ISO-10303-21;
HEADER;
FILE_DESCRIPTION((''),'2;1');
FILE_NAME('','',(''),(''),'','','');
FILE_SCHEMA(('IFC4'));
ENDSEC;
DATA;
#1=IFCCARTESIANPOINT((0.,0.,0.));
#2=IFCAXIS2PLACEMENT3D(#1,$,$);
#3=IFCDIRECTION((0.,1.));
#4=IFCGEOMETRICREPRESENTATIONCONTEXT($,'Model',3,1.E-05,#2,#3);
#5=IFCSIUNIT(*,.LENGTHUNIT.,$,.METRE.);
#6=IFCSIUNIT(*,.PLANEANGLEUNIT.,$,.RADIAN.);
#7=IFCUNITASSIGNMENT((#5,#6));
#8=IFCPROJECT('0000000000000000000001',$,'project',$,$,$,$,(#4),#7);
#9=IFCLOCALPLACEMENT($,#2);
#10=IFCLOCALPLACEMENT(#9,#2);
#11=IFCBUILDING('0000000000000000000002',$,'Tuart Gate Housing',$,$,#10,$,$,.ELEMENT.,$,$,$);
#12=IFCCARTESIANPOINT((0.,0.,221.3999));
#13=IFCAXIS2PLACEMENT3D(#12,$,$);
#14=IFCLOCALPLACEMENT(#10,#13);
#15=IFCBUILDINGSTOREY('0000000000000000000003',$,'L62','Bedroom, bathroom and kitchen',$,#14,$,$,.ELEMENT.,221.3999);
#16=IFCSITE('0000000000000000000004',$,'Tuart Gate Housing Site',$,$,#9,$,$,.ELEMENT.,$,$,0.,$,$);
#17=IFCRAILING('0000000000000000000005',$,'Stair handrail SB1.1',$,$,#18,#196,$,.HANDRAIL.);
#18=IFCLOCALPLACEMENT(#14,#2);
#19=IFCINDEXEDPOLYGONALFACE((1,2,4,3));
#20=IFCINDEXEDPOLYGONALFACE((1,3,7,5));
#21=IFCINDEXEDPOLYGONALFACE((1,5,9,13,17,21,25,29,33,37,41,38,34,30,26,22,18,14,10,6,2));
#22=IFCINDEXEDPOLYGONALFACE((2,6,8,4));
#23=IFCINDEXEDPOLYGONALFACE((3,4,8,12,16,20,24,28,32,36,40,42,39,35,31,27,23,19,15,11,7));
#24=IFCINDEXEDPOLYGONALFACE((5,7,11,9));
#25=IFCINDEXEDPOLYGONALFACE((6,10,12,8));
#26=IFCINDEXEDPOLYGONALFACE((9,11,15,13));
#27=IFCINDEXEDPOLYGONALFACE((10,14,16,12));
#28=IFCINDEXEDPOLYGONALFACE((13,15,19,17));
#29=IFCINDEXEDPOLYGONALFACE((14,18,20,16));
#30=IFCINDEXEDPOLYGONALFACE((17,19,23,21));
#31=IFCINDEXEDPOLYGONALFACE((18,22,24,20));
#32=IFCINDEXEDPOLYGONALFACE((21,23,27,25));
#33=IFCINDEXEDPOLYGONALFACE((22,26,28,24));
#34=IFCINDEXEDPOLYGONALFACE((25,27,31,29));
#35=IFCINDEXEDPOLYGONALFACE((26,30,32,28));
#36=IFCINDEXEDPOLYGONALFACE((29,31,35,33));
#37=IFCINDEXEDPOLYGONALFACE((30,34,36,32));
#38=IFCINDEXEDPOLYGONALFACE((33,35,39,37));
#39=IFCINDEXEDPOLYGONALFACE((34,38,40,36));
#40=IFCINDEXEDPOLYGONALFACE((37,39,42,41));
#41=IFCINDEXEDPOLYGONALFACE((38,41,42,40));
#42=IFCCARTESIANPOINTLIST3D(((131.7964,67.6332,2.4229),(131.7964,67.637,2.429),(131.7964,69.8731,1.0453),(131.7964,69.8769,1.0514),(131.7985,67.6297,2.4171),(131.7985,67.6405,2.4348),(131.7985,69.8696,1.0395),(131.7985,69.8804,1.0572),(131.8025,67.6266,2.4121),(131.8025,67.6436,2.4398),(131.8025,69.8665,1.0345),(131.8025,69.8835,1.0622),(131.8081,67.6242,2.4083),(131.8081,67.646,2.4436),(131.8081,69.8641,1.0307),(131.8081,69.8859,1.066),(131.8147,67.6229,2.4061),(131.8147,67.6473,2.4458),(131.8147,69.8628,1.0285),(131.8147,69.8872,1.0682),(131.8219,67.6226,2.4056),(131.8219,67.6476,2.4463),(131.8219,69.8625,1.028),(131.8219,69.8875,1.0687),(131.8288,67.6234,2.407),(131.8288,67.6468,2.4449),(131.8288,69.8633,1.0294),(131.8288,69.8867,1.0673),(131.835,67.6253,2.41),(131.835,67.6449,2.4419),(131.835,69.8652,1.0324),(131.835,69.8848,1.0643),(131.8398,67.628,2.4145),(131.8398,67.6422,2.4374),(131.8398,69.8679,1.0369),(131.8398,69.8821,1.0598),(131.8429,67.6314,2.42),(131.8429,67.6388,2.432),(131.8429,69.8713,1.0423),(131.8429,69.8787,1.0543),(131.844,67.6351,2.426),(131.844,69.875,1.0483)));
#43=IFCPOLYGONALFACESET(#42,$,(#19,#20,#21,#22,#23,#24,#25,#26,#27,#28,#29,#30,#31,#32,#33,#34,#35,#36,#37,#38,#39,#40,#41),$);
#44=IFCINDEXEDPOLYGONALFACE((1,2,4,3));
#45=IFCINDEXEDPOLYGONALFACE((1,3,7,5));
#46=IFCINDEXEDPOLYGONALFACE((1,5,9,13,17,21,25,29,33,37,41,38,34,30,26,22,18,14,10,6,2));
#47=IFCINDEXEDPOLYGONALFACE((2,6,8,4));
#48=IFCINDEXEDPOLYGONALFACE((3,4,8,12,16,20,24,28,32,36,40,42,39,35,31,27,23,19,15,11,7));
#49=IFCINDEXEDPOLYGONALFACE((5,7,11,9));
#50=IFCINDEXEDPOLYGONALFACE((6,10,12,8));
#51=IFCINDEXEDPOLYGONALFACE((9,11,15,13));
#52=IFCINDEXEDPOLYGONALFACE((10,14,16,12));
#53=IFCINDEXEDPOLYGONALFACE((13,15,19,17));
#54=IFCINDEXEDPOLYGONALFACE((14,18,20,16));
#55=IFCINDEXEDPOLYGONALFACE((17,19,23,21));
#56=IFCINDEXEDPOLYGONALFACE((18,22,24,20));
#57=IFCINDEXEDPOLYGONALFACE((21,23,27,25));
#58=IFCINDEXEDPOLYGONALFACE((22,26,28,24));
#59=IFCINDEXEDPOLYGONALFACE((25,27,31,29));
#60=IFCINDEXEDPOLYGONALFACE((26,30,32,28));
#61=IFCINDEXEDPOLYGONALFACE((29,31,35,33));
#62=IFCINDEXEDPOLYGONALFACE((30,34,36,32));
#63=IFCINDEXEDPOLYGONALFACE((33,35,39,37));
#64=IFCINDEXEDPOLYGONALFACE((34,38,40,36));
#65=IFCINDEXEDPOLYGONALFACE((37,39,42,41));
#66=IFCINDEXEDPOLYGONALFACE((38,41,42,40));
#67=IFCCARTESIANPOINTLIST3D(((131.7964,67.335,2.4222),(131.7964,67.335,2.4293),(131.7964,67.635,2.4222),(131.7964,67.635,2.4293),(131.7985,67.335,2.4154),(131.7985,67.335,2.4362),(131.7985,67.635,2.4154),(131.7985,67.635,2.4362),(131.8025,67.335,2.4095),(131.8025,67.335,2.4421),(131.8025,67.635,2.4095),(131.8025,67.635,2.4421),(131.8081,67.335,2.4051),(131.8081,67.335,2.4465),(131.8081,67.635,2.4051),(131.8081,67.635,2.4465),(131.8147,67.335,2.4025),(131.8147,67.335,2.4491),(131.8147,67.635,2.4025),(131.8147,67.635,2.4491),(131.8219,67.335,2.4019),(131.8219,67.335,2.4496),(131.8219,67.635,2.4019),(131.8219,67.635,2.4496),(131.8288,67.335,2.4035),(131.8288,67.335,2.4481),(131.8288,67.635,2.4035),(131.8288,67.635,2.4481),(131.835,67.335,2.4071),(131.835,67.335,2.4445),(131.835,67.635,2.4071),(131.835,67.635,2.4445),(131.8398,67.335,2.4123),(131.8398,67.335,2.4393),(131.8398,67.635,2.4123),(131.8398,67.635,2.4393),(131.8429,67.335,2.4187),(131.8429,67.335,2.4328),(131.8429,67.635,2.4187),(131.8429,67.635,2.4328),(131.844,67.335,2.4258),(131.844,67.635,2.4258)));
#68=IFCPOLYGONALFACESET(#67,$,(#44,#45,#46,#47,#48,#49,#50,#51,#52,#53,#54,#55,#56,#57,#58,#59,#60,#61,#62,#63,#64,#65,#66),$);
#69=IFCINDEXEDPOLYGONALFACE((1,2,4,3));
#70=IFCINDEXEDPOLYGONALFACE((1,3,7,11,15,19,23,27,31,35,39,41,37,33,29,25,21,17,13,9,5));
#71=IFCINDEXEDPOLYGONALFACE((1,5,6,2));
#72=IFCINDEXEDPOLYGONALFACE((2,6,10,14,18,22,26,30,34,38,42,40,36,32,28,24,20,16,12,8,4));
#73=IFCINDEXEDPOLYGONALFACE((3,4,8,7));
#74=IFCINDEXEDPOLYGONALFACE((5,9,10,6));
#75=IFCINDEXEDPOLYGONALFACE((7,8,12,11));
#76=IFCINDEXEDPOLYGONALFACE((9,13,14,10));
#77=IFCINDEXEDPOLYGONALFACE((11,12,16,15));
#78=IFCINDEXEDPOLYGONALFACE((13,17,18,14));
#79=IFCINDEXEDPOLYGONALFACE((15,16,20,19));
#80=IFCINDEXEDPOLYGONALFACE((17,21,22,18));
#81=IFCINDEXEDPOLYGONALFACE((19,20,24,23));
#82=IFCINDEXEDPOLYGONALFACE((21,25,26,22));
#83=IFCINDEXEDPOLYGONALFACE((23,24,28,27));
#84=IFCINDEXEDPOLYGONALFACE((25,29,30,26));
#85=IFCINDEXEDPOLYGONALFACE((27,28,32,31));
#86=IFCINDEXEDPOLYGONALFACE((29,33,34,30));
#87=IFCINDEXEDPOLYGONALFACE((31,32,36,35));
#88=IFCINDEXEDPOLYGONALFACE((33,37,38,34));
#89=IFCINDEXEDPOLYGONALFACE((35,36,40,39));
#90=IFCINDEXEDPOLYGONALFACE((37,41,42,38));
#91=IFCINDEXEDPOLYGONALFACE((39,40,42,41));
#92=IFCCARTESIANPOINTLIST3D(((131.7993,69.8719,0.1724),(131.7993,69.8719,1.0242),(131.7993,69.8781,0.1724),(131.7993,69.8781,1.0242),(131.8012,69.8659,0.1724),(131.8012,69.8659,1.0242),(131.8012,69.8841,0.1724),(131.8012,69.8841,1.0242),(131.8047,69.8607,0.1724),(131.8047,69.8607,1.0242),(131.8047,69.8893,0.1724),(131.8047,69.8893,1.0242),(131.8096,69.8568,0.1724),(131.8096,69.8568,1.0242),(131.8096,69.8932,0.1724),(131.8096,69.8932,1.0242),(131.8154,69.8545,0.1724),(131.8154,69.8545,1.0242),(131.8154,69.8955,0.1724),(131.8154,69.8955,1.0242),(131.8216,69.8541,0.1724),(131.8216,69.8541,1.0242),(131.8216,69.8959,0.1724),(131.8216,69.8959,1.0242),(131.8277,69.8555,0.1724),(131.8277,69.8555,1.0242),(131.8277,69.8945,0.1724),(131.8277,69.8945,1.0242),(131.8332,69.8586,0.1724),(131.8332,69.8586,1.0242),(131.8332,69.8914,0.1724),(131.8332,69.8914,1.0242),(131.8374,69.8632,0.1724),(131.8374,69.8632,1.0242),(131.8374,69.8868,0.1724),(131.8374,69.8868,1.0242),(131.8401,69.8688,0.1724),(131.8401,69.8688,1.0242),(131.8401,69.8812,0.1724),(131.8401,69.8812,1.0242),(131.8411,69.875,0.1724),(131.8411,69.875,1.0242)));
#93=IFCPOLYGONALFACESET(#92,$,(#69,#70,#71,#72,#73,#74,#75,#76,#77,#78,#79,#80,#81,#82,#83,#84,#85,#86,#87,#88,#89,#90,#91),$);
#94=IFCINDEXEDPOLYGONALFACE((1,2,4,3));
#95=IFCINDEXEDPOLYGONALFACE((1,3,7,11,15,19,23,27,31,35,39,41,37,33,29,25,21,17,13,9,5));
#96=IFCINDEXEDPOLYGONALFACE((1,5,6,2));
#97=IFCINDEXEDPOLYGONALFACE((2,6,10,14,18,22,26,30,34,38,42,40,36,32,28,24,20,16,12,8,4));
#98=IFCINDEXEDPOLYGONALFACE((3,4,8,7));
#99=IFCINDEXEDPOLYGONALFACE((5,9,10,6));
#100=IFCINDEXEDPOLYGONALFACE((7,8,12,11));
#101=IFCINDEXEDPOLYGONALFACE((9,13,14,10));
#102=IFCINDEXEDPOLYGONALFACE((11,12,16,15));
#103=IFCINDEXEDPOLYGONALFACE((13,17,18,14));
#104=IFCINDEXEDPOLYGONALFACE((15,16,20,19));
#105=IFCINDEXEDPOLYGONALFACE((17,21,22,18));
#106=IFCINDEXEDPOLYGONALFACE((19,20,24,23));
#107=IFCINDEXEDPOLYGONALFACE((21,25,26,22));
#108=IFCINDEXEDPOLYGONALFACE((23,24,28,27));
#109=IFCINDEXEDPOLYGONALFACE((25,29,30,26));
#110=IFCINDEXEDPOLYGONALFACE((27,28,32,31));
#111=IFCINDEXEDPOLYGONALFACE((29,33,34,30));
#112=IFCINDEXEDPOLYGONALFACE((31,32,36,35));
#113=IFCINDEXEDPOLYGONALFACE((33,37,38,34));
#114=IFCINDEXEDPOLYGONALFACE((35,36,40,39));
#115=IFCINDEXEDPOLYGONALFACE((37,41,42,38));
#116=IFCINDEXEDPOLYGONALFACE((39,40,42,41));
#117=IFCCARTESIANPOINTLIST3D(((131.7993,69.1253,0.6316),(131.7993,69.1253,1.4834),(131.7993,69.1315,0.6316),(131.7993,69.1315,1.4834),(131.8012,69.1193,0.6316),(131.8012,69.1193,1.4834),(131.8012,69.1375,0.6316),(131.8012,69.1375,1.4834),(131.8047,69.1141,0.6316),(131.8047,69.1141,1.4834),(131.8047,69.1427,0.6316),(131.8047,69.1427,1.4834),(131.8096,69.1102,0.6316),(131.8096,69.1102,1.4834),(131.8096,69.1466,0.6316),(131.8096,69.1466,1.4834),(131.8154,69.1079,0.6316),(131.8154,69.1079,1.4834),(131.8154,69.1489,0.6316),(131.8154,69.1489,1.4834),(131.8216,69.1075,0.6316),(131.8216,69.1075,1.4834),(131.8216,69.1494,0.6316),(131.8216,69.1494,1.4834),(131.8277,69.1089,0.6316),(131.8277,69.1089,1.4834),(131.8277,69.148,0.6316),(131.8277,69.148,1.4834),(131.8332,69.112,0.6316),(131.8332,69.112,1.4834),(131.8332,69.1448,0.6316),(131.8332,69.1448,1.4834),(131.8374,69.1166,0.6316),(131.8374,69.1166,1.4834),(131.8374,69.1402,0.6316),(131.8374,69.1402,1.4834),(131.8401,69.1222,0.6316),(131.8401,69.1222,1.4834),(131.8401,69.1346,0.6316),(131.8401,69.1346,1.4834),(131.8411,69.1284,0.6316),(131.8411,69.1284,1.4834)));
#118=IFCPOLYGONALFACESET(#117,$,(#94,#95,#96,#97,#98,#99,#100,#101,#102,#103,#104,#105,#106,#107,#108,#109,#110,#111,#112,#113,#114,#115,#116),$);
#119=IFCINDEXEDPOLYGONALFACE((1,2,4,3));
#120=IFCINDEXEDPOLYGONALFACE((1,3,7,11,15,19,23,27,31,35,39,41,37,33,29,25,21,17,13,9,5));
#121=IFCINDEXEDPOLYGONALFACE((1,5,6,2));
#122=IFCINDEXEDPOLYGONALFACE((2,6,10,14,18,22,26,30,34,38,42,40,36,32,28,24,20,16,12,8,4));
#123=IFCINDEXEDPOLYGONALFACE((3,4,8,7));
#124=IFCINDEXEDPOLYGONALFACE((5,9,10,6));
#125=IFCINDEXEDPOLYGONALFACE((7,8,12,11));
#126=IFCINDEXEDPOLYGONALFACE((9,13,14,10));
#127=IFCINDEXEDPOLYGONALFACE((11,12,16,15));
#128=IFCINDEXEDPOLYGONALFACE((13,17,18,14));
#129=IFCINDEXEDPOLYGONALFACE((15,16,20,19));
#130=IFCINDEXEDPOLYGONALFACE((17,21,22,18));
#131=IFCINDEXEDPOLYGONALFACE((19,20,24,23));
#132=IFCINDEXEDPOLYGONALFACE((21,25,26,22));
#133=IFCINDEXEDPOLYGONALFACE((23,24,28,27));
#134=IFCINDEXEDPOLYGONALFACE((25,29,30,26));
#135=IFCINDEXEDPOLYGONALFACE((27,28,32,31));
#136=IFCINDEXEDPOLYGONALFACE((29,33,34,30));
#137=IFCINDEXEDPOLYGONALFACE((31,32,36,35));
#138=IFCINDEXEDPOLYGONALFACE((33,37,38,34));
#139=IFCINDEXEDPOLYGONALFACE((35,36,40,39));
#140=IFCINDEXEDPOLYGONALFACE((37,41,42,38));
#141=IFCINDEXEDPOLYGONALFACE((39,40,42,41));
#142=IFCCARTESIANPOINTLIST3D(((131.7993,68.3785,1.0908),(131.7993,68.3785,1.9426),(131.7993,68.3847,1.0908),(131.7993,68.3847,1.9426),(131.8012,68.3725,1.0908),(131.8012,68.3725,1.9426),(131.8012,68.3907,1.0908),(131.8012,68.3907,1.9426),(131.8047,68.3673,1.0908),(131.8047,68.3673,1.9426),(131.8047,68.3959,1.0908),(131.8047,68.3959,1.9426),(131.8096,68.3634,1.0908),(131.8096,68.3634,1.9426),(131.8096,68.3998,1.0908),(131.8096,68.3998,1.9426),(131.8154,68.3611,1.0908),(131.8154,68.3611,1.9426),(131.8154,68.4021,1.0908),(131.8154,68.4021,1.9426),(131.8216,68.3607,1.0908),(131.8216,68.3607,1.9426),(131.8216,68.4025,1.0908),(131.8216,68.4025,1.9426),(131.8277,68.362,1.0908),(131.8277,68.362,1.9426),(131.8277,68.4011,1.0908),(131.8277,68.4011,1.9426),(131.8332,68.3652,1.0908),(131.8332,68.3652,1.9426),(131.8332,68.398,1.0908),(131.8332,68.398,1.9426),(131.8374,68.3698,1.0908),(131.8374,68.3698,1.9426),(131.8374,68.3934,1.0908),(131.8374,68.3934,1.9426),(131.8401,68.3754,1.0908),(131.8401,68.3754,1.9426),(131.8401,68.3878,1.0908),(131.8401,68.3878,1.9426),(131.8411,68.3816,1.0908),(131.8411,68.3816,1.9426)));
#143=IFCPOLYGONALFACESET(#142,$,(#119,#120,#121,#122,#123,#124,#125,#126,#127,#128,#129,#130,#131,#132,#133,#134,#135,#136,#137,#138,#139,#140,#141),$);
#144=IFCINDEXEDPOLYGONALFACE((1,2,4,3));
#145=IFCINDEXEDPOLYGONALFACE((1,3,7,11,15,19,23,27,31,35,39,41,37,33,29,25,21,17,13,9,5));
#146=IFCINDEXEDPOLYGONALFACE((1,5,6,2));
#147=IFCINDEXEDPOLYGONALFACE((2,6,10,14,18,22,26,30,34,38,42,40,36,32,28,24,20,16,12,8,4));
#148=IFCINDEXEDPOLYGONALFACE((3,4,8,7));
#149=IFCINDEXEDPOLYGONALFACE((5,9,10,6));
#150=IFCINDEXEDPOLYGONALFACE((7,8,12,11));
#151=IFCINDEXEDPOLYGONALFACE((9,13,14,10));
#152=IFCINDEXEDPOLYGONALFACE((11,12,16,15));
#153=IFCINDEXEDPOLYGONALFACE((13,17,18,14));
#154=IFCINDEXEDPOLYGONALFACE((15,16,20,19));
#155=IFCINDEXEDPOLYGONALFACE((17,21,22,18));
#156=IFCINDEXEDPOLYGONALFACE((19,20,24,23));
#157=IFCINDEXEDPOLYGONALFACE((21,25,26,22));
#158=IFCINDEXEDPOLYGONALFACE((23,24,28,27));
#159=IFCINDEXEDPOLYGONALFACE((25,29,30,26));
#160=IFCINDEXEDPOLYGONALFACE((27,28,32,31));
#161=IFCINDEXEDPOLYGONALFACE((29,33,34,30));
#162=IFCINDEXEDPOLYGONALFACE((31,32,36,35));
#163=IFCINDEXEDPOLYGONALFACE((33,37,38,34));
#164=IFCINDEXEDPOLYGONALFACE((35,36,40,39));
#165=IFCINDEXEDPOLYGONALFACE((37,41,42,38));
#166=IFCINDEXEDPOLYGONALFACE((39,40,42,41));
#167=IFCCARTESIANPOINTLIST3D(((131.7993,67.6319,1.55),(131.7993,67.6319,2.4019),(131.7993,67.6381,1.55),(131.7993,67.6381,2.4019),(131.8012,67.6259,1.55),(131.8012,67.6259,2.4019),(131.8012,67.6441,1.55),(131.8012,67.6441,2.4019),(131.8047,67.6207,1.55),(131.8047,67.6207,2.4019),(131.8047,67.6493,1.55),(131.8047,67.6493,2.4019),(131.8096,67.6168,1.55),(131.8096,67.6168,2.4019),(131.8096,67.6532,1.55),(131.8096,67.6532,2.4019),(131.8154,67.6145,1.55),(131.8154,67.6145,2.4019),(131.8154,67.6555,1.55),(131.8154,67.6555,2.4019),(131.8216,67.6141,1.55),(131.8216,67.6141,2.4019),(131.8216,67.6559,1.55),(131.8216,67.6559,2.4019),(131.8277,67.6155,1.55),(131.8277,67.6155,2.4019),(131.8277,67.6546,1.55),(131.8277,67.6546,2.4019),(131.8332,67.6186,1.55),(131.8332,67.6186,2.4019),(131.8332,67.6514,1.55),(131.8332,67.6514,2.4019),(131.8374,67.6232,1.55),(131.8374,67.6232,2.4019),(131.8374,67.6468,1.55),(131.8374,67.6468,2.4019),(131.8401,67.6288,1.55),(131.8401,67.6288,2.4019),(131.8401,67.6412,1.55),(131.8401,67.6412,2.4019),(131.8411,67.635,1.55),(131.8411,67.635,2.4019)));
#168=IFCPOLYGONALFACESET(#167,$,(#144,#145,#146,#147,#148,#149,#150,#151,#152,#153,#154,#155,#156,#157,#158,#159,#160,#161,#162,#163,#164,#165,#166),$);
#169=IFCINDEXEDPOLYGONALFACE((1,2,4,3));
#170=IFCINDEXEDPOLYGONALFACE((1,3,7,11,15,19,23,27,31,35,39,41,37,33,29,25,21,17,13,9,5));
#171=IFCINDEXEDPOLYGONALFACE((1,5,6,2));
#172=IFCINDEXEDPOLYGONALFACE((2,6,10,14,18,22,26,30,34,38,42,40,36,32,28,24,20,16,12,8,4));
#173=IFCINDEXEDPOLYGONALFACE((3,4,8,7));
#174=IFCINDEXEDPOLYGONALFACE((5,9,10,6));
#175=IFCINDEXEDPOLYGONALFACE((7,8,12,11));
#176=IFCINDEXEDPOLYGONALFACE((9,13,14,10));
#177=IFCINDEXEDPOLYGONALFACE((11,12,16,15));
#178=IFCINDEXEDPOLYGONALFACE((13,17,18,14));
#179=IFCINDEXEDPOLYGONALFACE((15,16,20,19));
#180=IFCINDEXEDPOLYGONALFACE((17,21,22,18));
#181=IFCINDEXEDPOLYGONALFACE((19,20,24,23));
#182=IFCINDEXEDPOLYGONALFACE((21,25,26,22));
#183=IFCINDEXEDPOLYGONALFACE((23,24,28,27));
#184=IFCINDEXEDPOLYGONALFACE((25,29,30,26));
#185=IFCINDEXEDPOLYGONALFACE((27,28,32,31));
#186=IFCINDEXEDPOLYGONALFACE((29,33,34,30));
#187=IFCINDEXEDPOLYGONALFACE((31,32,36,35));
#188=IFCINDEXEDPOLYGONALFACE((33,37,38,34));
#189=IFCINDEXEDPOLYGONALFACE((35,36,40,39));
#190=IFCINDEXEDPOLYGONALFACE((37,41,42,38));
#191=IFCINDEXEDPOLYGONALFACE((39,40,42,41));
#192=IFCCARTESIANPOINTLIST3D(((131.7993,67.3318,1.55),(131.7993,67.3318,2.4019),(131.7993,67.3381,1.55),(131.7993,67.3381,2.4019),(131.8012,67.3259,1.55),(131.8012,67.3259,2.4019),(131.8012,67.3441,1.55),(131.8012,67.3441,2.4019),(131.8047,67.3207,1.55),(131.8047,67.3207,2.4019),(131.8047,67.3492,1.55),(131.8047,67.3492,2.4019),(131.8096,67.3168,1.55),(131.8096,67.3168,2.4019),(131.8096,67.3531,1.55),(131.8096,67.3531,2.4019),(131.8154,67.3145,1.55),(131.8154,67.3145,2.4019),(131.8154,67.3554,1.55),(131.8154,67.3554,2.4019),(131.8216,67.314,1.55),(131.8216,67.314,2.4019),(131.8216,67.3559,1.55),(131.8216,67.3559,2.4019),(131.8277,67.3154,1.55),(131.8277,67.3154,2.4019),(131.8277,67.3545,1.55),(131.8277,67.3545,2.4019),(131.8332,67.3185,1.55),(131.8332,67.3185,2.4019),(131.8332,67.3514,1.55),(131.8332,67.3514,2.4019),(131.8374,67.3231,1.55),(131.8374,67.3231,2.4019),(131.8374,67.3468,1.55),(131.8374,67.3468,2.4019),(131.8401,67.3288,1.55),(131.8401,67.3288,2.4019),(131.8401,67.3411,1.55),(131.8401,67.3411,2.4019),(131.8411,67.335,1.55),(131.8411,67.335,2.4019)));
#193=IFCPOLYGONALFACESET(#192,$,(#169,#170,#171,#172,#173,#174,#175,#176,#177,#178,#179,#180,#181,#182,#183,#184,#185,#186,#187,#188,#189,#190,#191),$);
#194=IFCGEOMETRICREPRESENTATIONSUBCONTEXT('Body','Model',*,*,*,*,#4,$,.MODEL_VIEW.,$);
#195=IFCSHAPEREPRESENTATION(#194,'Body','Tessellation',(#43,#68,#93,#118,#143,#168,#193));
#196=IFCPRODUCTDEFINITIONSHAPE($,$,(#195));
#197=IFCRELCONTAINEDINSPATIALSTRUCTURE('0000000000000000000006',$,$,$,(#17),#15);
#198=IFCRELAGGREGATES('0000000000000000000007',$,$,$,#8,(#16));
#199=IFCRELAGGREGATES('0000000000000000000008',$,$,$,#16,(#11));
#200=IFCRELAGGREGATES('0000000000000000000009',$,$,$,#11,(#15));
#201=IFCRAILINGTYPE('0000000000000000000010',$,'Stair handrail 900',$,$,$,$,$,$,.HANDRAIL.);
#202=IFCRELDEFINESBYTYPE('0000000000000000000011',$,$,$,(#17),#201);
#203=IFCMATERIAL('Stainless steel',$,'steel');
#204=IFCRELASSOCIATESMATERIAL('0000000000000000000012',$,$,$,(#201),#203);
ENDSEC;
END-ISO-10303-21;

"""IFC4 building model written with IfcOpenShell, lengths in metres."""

from ifc_helpers import new_model, si_unit, direction, frame, origin, origin_2d, place, context, subcontext, project, spatial, circle, extrude, material, type_object, element, save


model = new_model("IFC4")

# Units and contexts
model_context = context("Model", 3, precision=1e-05, world=origin(), true_north=direction((0.0, 1.0)))
body_context = subcontext(model_context, "Body", "Model", "MODEL_VIEW")
ifc_project = project(units=[si_unit("LENGTHUNIT", "METRE"), si_unit("PLANEANGLEUNIT", "RADIAN")], contexts=[model_context])

# Site, building, storey
site_placement = place(None, origin())
site = spatial("IfcSite", under=ifc_project, at=site_placement, Name="Tuart Gate Housing Site", CompositionType="ELEMENT", RefElevation=0.0)
building_placement = place(site_placement, origin())
building = spatial("IfcBuilding", under=site, at=building_placement, Name="Tuart Gate Housing", CompositionType="ELEMENT")
storey_placement = place(building_placement, frame((0.0, 0.0, 221.3999)))
storey = spatial("IfcBuildingStorey", under=building, at=storey_placement, Name="L62", Description="Bedroom, bathroom and kitchen", CompositionType="ELEMENT", Elevation=221.3999)

# Railing
ifc_material_1 = material(Name="Stainless steel", Category="steel")
railing_type = type_object("IfcRailingType", Name="Stair handrail 900", PredefinedType="HANDRAIL", material=ifc_material_1)
railing_placement = place(storey_placement, frame((131.8201, 69.875, 0.1724)))
element("IfcRailing", 1, at=railing_placement, inside=storey, type_object=railing_type, Name="Stair handrail SB1.1", PredefinedType="HANDRAIL", context=body_context, shape_type="SweptSolid", body=[
    extrude(circle(Radius=0.0239, at=origin_2d()), frame((0.0, 0.0, 0.876), z_axis=(0.0, -0.851789, 0.523885), x_axis=(1.0, 0.0, 0.0)), (0.0, 0.0, 1.0), 2.6296),
    extrude(circle(Radius=0.0239, at=origin_2d()), frame((0.0, -2.24, 2.2534), z_axis=(0.0, -1.0, 0.0), x_axis=(1.0, 0.0, 0.0)), (0.0, 0.0, 1.0), 0.3),
    extrude(circle(Radius=0.021, at=origin_2d()), origin(), (0.0, 0.0, 1.0), 0.8518),
    extrude(circle(Radius=0.021, at=origin_2d()), frame((0.0, -0.7466, 0.4592)), (0.0, 0.0, 1.0), 0.8518),
    extrude(circle(Radius=0.021, at=origin_2d()), frame((0.0, -1.4934, 0.9185)), (0.0, 0.0, 1.0), 0.8518),
    extrude(circle(Radius=0.021, at=origin_2d()), frame((0.0, -2.24, 1.3777)), (0.0, 0.0, 1.0), 0.8518),
    extrude(circle(Radius=0.021, at=origin_2d()), frame((0.0, -2.54, 1.3777)), (0.0, 0.0, 1.0), 0.8518),
])

save(model, "model.ifc")
